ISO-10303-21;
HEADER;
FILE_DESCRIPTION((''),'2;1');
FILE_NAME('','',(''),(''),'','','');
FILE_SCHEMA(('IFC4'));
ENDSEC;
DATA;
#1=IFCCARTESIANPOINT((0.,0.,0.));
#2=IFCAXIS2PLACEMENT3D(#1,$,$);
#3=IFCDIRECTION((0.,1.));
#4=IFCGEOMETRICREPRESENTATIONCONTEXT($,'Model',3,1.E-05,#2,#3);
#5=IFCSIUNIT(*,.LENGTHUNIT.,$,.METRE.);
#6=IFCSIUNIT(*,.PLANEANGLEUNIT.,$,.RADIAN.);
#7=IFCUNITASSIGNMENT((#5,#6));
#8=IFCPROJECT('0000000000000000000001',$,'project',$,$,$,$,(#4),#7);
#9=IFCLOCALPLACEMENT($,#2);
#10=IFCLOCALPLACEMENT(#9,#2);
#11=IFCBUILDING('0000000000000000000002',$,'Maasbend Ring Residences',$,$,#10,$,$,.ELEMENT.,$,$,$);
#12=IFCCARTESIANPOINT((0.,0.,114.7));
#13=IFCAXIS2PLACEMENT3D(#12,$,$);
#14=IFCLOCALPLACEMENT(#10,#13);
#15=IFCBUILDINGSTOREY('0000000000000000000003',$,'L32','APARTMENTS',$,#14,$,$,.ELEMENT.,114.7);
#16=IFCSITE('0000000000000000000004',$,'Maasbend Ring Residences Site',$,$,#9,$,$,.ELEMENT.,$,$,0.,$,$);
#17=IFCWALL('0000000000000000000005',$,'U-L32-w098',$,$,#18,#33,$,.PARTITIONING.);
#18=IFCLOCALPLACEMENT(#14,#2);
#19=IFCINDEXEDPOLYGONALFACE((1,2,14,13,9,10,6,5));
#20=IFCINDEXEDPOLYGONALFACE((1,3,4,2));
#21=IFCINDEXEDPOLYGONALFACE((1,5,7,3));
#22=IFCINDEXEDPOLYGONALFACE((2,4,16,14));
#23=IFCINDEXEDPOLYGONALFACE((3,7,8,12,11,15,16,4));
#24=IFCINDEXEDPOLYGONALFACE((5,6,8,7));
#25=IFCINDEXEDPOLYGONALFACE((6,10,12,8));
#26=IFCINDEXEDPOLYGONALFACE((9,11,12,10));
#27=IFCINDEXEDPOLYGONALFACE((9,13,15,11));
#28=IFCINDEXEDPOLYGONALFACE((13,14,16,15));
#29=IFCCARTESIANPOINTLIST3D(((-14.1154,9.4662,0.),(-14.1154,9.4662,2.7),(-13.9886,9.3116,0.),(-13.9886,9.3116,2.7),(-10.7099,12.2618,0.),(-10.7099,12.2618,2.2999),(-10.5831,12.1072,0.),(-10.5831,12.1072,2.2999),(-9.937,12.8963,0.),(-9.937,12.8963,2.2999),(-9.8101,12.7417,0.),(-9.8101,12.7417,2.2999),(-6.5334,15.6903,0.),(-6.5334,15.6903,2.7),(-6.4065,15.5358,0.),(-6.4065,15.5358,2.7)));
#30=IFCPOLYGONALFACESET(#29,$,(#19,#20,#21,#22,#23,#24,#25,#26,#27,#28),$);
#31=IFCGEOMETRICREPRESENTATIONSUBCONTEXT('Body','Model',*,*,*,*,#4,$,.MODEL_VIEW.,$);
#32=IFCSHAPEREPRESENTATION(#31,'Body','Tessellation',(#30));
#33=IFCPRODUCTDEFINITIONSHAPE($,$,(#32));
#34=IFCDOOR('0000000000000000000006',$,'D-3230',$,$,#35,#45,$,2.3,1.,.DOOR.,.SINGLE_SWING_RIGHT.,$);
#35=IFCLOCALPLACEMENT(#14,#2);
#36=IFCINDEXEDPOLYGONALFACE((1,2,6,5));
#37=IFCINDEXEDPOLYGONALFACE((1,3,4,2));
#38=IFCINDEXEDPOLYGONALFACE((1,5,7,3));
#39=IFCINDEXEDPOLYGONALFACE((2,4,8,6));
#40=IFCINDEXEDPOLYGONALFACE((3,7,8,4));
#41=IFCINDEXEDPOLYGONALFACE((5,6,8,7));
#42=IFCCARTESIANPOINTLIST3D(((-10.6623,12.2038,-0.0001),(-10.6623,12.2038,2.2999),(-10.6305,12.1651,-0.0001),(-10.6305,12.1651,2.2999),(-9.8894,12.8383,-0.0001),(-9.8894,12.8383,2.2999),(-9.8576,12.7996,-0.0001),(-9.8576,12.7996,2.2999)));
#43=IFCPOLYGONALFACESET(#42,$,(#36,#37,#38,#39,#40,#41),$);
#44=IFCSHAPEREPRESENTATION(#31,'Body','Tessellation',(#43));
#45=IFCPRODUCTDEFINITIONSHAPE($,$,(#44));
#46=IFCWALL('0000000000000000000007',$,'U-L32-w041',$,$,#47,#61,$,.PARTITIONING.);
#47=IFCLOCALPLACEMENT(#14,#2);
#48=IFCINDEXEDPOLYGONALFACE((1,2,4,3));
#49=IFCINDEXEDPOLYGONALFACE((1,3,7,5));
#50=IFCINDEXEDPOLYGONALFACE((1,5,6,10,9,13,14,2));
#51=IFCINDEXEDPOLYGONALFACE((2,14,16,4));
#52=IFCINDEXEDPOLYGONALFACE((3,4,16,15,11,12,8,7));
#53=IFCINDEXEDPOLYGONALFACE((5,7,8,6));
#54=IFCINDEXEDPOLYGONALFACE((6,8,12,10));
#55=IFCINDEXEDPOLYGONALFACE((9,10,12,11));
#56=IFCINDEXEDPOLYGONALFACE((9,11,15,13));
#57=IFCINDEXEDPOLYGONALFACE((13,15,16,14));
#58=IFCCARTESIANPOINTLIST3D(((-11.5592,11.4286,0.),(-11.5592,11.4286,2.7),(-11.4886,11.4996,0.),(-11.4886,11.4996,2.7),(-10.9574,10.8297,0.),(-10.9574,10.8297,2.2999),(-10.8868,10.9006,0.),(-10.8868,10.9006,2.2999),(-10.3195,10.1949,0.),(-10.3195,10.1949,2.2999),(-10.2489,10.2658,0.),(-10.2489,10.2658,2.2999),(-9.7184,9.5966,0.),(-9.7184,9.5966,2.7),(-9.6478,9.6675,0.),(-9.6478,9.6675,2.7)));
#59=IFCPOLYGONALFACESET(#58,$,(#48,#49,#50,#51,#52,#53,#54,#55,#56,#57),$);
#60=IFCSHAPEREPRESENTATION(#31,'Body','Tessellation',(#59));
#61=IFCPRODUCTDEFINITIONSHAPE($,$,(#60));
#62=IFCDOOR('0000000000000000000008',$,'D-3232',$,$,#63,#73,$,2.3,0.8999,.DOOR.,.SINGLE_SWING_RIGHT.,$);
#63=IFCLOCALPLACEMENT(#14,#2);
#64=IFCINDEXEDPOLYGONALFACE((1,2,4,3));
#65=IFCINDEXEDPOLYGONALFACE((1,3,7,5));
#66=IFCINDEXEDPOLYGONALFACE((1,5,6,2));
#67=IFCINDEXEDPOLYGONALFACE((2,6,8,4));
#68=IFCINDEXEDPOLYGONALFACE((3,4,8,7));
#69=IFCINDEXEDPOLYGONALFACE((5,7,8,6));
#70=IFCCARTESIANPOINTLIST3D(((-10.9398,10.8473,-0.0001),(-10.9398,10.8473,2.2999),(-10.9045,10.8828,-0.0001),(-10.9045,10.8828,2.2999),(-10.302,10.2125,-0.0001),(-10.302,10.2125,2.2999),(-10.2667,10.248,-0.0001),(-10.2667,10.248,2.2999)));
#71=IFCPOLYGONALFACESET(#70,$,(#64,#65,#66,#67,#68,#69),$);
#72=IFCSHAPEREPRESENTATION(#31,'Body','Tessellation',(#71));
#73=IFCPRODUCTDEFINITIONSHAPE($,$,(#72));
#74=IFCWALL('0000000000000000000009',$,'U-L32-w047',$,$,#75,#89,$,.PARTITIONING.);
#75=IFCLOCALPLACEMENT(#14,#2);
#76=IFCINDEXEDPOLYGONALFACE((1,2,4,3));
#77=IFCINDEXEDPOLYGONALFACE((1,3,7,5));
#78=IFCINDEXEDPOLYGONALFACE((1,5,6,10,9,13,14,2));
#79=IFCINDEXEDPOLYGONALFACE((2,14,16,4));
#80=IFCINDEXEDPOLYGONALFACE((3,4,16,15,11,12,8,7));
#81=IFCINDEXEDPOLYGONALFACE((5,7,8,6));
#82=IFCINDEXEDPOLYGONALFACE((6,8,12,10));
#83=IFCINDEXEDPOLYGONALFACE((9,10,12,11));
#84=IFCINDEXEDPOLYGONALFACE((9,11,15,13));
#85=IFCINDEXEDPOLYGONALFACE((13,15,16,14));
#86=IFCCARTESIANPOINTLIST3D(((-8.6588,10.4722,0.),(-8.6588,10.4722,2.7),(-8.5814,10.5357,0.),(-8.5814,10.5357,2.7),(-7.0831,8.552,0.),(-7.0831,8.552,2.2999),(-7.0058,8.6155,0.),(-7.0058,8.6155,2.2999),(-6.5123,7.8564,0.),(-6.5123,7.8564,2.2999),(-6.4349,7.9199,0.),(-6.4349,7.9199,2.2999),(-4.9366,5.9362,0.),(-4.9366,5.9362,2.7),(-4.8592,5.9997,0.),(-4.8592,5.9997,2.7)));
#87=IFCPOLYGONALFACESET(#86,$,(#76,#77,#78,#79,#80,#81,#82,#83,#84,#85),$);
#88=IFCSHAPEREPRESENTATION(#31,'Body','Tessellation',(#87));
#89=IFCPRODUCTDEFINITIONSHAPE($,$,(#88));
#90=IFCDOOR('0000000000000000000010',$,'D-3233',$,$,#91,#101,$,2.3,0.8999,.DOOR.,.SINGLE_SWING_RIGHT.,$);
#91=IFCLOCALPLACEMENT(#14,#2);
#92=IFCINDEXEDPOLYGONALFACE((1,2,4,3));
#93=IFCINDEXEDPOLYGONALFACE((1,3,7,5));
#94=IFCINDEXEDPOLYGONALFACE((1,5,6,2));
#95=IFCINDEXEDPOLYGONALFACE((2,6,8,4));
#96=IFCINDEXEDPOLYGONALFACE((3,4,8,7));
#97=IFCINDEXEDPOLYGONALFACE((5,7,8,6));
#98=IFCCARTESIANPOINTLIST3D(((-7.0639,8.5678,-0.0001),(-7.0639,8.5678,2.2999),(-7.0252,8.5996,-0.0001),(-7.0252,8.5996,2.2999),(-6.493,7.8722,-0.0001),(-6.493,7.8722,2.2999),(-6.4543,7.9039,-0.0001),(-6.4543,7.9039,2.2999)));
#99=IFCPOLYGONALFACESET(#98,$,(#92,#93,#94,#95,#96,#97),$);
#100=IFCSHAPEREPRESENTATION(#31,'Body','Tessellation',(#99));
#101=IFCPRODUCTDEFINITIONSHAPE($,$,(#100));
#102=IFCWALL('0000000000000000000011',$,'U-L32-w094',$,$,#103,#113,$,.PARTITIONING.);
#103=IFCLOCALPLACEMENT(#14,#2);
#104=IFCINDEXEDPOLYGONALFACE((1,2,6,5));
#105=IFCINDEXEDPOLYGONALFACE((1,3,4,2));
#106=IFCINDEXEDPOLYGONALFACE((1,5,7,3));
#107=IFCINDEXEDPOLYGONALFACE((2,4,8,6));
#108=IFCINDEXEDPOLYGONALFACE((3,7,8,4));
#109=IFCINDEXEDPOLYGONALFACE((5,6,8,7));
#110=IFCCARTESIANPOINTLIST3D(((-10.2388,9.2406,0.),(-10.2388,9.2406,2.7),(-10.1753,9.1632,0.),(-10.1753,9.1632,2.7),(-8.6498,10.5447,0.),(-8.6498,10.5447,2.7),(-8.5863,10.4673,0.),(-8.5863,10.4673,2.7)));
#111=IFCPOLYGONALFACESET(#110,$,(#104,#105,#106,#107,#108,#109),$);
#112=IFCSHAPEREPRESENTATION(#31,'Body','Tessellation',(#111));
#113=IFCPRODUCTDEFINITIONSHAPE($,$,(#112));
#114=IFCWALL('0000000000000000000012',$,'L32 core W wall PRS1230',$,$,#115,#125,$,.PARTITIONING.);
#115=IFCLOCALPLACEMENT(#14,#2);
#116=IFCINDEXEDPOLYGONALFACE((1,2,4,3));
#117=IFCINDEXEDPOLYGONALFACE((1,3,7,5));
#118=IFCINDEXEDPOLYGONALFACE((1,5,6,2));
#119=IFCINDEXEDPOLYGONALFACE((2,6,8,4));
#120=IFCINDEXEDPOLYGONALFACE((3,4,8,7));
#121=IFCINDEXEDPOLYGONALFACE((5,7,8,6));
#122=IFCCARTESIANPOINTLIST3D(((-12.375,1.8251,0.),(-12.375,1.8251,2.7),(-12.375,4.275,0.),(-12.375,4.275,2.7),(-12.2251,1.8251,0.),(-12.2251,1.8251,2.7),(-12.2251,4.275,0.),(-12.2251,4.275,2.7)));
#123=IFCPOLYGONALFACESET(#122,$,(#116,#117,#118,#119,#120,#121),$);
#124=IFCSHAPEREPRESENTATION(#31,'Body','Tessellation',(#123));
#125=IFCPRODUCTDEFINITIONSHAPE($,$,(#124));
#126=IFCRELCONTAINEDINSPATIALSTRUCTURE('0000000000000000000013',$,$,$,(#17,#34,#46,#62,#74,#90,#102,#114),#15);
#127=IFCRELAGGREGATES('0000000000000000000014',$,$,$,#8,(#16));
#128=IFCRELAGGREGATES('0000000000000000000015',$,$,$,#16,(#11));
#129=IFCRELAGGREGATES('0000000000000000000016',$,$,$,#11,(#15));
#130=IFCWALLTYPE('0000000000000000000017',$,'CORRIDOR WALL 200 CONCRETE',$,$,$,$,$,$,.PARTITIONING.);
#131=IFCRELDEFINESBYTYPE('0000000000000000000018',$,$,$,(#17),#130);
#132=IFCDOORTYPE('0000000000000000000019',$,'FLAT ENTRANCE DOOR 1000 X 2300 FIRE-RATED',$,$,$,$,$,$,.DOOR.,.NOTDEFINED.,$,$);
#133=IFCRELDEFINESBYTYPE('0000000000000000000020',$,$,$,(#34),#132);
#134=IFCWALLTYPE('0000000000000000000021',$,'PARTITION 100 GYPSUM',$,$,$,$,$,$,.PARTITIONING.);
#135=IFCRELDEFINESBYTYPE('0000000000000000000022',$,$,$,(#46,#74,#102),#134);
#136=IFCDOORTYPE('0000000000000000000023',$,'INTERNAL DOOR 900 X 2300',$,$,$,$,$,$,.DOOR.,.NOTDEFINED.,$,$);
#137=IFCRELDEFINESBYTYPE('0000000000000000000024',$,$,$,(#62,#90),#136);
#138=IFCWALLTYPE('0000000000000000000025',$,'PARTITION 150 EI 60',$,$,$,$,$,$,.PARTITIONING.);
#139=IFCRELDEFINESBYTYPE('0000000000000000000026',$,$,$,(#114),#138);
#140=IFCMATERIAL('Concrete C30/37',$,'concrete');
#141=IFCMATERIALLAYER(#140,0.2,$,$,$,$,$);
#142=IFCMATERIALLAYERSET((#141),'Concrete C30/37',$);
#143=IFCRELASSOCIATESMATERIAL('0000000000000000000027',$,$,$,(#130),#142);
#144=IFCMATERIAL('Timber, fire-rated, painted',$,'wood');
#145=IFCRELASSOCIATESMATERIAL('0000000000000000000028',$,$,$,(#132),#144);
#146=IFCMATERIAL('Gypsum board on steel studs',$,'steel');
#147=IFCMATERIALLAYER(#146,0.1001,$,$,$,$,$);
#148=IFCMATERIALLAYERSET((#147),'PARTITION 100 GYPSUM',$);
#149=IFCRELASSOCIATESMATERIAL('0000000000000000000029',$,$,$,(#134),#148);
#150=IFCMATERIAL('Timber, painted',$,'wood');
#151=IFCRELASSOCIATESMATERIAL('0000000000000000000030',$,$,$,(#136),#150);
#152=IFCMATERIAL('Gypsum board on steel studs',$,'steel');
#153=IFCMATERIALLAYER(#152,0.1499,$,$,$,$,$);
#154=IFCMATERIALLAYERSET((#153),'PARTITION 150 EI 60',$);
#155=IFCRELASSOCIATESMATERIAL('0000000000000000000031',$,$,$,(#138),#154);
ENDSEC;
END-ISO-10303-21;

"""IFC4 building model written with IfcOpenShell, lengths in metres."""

from ifc_helpers import new_model, si_unit, direction, frame, frame_2d, origin, place, context, subcontext, project, spatial, rectangle, extrude, material, layer, layer_set, type_object, element, fill, save


model = new_model("IFC4")

# Units and contexts
model_context = context("Model", 3, precision=1e-05, world=origin(), true_north=direction((0.0, 1.0)))
body_context = subcontext(model_context, "Body", "Model", "MODEL_VIEW")
ifc_project = project(units=[si_unit("LENGTHUNIT", "METRE"), si_unit("PLANEANGLEUNIT", "RADIAN")], contexts=[model_context])

# Site, building, storey
site_placement = place(None, origin())
site = spatial("IfcSite", under=ifc_project, at=site_placement, Name="Maasbend Ring Residences Site", CompositionType="ELEMENT", RefElevation=0.0)
building_placement = place(site_placement, origin())
building = spatial("IfcBuilding", under=site, at=building_placement, Name="Maasbend Ring Residences", CompositionType="ELEMENT")
storey_placement = place(building_placement, frame((0.0, 0.0, 114.7)))
storey = spatial("IfcBuildingStorey", under=building, at=storey_placement, Name="L32", Description="APARTMENTS", CompositionType="ELEMENT", Elevation=114.7)

# Walls, openings, doors
ifc_material_1 = material(Name="Concrete C30/37", Category="concrete")
ifc_layer_1 = layer(ifc_material_1, 0.2)
ifc_layer_set_1 = layer_set([ifc_layer_1], Name="Concrete C30/37")
wall_type_1 = type_object("IfcWallType", Name="CORRIDOR WALL 200 CONCRETE", PredefinedType="PARTITIONING", material=ifc_layer_set_1)
wall_1_placement = place(storey_placement, frame((-14.052, 9.3889, 0.0), z_axis=(0.0, 0.0, 1.0), x_axis=(0.772925, 0.634497, 0.0)))
wall_1 = element("IfcWall", 1, at=wall_1_placement, inside=storey, type_object=wall_type_1, Name="U-L32-w098", PredefinedType="PARTITIONING", context=body_context, shape_type="SweptSolid", body=[
    extrude(rectangle(XDim=9.8096, YDim=0.2, at=frame_2d((4.9048, 0.0))), origin(), (0.0, 0.0, 1.0), 2.7),
])
opening_1_placement = place(wall_1_placement, frame((4.406, 0.0, 0.0)))
opening_1 = element("IfcOpeningElement", 2, at=opening_1_placement, cuts=wall_1, PredefinedType="OPENING", context=body_context, shape_type="SweptSolid", body=[
    extrude(rectangle(XDim=1.0, YDim=2.3, at=frame_2d((0.5, 1.1499))), frame((0.0, 0.1099, 0.0), z_axis=(0.0, -1.0, 0.0), x_axis=(1.0, 0.0, 0.0)), (0.0, 0.0, 1.0), 0.22),
])
ifc_material_2 = material(Name="Timber, fire-rated, painted", Category="wood")
door_type_1 = type_object("IfcDoorType", Name="FLAT ENTRANCE DOOR 1000 X 2300 FIRE-RATED", OperationType="NOTDEFINED", PredefinedType="DOOR", material=ifc_material_2)
door_1_placement = place(opening_1_placement, origin())
door_1 = element("IfcDoor", 3, at=door_1_placement, inside=storey, type_object=door_type_1, Name="D-3230", OperationType="SINGLE_SWING_RIGHT", OverallHeight=2.3, OverallWidth=1.0, PredefinedType="DOOR", context=body_context, shape_type="SweptSolid", body=[
    extrude(rectangle(XDim=1.0, YDim=2.3, at=frame_2d((0.5, 1.1499))), frame((0.0, 0.0249, 0.0), z_axis=(0.0, -1.0, 0.0), x_axis=(1.0, 0.0, 0.0)), (0.0, 0.0, 1.0), 0.05),
])
fill(opening_1, door_1)
ifc_material_3 = material(Name="Gypsum board on steel studs", Category="steel")
ifc_layer_2 = layer(ifc_material_3, 0.1001)
ifc_layer_set_2 = layer_set([ifc_layer_2], Name="PARTITION 100 GYPSUM")
wall_type_2 = type_object("IfcWallType", Name="PARTITION 100 GYPSUM", PredefinedType="PARTITIONING", material=ifc_layer_set_2)
wall_2_placement = place(storey_placement, frame((-11.5239, 11.4641, 0.0), z_axis=(0.0, 0.0, 1.0), x_axis=(0.708797, -0.705413, 0.0)))
wall_2 = element("IfcWall", 4, at=wall_2_placement, inside=storey, type_object=wall_type_2, Name="U-L32-w041", PredefinedType="PARTITIONING", context=body_context, shape_type="SweptSolid", body=[
    extrude(rectangle(XDim=2.5972, YDim=0.1001, at=frame_2d((1.2986, 0.0))), origin(), (0.0, 0.0, 1.0), 2.7),
])
opening_2_placement = place(wall_2_placement, frame((0.8491, 0.0, 0.0)))
opening_2 = element("IfcOpeningElement", 5, at=opening_2_placement, cuts=wall_2, PredefinedType="OPENING", context=body_context, shape_type="SweptSolid", body=[
    extrude(rectangle(XDim=0.8999, YDim=2.3, at=frame_2d((0.45, 1.1499))), frame((0.0, 0.0601, 0.0), z_axis=(0.0, -1.0, 0.0), x_axis=(1.0, 0.0, 0.0)), (0.0, 0.0, 1.0), 0.1201),
])
ifc_material_4 = material(Name="Timber, painted", Category="wood")
door_type_2 = type_object("IfcDoorType", Name="INTERNAL DOOR 900 X 2300", OperationType="NOTDEFINED", PredefinedType="DOOR", material=ifc_material_4)
door_2_placement = place(opening_2_placement, origin())
door_2 = element("IfcDoor", 6, at=door_2_placement, inside=storey, type_object=door_type_2, Name="D-3232", OperationType="SINGLE_SWING_RIGHT", OverallHeight=2.3, OverallWidth=0.8999, PredefinedType="DOOR", context=body_context, shape_type="SweptSolid", body=[
    extrude(rectangle(XDim=0.8999, YDim=2.3, at=frame_2d((0.45, 1.1499))), frame((0.0, 0.0249, 0.0), z_axis=(0.0, -1.0, 0.0), x_axis=(1.0, 0.0, 0.0)), (0.0, 0.0, 1.0), 0.05),
])
fill(opening_2, door_2)
wall_3_placement = place(storey_placement, frame((-8.6201, 10.5039, 0.0), z_axis=(0.0, 0.0, 1.0), x_axis=(0.634359, -0.773039, 0.0)))
wall_3 = element("IfcWall", 7, at=wall_3_placement, inside=storey, type_object=wall_type_2, Name="U-L32-w047", PredefinedType="PARTITIONING", context=body_context, shape_type="SweptSolid", body=[
    extrude(rectangle(XDim=5.8677, YDim=0.1001, at=frame_2d((2.9338, 0.0))), origin(), (0.0, 0.0, 1.0), 2.7),
])
opening_3_placement = place(wall_3_placement, frame((2.4839, 0.0, 0.0)))
opening_3 = element("IfcOpeningElement", 8, at=opening_3_placement, cuts=wall_3, PredefinedType="OPENING", context=body_context, shape_type="SweptSolid", body=[
    extrude(rectangle(XDim=0.8999, YDim=2.3, at=frame_2d((0.45, 1.1499))), frame((0.0, 0.0601, 0.0), z_axis=(0.0, -1.0, 0.0), x_axis=(1.0, 0.0, 0.0)), (0.0, 0.0, 1.0), 0.1201),
])
door_3_placement = place(opening_3_placement, origin())
door_3 = element("IfcDoor", 9, at=door_3_placement, inside=storey, type_object=door_type_2, Name="D-3233", OperationType="SINGLE_SWING_RIGHT", OverallHeight=2.3, OverallWidth=0.8999, PredefinedType="DOOR", context=body_context, shape_type="SweptSolid", body=[
    extrude(rectangle(XDim=0.8999, YDim=2.3, at=frame_2d((0.45, 1.1499))), frame((0.0, 0.0249, 0.0), z_axis=(0.0, -1.0, 0.0), x_axis=(1.0, 0.0, 0.0)), (0.0, 0.0, 1.0), 0.05),
])
fill(opening_3, door_3)

# Walls
wall_4_placement = place(storey_placement, frame((-10.207, 9.2019, 0.0), z_axis=(0.0, 0.0, 1.0), x_axis=(0.772999, 0.634408, 0.0)))
element("IfcWall", 10, at=wall_4_placement, inside=storey, type_object=wall_type_2, Name="U-L32-w094", PredefinedType="PARTITIONING", context=body_context, shape_type="SweptSolid", body=[
    extrude(rectangle(XDim=2.0557, YDim=0.1001, at=frame_2d((1.0278, 0.0))), origin(), (0.0, 0.0, 1.0), 2.7),
])
ifc_material_5 = material(Name="Gypsum board on steel studs", Category="steel")
ifc_layer_3 = layer(ifc_material_5, 0.1499)
ifc_layer_set_3 = layer_set([ifc_layer_3], Name="PARTITION 150 EI 60")
wall_type_3 = type_object("IfcWallType", Name="PARTITION 150 EI 60", PredefinedType="PARTITIONING", material=ifc_layer_set_3)
wall_5_placement = place(storey_placement, frame((-12.3, 1.825, 0.0), z_axis=(0.0, 0.0, 1.0), x_axis=(0.0, 1.0, 0.0)))
element("IfcWall", 11, at=wall_5_placement, inside=storey, type_object=wall_type_3, Name="L32 core W wall PRS1230", PredefinedType="PARTITIONING", context=body_context, shape_type="SweptSolid", body=[
    extrude(rectangle(XDim=2.45, YDim=0.1499, at=frame_2d((1.2251, 0.0))), origin(), (0.0, 0.0, 1.0), 2.7),
])

save(model, "model.ifc")
